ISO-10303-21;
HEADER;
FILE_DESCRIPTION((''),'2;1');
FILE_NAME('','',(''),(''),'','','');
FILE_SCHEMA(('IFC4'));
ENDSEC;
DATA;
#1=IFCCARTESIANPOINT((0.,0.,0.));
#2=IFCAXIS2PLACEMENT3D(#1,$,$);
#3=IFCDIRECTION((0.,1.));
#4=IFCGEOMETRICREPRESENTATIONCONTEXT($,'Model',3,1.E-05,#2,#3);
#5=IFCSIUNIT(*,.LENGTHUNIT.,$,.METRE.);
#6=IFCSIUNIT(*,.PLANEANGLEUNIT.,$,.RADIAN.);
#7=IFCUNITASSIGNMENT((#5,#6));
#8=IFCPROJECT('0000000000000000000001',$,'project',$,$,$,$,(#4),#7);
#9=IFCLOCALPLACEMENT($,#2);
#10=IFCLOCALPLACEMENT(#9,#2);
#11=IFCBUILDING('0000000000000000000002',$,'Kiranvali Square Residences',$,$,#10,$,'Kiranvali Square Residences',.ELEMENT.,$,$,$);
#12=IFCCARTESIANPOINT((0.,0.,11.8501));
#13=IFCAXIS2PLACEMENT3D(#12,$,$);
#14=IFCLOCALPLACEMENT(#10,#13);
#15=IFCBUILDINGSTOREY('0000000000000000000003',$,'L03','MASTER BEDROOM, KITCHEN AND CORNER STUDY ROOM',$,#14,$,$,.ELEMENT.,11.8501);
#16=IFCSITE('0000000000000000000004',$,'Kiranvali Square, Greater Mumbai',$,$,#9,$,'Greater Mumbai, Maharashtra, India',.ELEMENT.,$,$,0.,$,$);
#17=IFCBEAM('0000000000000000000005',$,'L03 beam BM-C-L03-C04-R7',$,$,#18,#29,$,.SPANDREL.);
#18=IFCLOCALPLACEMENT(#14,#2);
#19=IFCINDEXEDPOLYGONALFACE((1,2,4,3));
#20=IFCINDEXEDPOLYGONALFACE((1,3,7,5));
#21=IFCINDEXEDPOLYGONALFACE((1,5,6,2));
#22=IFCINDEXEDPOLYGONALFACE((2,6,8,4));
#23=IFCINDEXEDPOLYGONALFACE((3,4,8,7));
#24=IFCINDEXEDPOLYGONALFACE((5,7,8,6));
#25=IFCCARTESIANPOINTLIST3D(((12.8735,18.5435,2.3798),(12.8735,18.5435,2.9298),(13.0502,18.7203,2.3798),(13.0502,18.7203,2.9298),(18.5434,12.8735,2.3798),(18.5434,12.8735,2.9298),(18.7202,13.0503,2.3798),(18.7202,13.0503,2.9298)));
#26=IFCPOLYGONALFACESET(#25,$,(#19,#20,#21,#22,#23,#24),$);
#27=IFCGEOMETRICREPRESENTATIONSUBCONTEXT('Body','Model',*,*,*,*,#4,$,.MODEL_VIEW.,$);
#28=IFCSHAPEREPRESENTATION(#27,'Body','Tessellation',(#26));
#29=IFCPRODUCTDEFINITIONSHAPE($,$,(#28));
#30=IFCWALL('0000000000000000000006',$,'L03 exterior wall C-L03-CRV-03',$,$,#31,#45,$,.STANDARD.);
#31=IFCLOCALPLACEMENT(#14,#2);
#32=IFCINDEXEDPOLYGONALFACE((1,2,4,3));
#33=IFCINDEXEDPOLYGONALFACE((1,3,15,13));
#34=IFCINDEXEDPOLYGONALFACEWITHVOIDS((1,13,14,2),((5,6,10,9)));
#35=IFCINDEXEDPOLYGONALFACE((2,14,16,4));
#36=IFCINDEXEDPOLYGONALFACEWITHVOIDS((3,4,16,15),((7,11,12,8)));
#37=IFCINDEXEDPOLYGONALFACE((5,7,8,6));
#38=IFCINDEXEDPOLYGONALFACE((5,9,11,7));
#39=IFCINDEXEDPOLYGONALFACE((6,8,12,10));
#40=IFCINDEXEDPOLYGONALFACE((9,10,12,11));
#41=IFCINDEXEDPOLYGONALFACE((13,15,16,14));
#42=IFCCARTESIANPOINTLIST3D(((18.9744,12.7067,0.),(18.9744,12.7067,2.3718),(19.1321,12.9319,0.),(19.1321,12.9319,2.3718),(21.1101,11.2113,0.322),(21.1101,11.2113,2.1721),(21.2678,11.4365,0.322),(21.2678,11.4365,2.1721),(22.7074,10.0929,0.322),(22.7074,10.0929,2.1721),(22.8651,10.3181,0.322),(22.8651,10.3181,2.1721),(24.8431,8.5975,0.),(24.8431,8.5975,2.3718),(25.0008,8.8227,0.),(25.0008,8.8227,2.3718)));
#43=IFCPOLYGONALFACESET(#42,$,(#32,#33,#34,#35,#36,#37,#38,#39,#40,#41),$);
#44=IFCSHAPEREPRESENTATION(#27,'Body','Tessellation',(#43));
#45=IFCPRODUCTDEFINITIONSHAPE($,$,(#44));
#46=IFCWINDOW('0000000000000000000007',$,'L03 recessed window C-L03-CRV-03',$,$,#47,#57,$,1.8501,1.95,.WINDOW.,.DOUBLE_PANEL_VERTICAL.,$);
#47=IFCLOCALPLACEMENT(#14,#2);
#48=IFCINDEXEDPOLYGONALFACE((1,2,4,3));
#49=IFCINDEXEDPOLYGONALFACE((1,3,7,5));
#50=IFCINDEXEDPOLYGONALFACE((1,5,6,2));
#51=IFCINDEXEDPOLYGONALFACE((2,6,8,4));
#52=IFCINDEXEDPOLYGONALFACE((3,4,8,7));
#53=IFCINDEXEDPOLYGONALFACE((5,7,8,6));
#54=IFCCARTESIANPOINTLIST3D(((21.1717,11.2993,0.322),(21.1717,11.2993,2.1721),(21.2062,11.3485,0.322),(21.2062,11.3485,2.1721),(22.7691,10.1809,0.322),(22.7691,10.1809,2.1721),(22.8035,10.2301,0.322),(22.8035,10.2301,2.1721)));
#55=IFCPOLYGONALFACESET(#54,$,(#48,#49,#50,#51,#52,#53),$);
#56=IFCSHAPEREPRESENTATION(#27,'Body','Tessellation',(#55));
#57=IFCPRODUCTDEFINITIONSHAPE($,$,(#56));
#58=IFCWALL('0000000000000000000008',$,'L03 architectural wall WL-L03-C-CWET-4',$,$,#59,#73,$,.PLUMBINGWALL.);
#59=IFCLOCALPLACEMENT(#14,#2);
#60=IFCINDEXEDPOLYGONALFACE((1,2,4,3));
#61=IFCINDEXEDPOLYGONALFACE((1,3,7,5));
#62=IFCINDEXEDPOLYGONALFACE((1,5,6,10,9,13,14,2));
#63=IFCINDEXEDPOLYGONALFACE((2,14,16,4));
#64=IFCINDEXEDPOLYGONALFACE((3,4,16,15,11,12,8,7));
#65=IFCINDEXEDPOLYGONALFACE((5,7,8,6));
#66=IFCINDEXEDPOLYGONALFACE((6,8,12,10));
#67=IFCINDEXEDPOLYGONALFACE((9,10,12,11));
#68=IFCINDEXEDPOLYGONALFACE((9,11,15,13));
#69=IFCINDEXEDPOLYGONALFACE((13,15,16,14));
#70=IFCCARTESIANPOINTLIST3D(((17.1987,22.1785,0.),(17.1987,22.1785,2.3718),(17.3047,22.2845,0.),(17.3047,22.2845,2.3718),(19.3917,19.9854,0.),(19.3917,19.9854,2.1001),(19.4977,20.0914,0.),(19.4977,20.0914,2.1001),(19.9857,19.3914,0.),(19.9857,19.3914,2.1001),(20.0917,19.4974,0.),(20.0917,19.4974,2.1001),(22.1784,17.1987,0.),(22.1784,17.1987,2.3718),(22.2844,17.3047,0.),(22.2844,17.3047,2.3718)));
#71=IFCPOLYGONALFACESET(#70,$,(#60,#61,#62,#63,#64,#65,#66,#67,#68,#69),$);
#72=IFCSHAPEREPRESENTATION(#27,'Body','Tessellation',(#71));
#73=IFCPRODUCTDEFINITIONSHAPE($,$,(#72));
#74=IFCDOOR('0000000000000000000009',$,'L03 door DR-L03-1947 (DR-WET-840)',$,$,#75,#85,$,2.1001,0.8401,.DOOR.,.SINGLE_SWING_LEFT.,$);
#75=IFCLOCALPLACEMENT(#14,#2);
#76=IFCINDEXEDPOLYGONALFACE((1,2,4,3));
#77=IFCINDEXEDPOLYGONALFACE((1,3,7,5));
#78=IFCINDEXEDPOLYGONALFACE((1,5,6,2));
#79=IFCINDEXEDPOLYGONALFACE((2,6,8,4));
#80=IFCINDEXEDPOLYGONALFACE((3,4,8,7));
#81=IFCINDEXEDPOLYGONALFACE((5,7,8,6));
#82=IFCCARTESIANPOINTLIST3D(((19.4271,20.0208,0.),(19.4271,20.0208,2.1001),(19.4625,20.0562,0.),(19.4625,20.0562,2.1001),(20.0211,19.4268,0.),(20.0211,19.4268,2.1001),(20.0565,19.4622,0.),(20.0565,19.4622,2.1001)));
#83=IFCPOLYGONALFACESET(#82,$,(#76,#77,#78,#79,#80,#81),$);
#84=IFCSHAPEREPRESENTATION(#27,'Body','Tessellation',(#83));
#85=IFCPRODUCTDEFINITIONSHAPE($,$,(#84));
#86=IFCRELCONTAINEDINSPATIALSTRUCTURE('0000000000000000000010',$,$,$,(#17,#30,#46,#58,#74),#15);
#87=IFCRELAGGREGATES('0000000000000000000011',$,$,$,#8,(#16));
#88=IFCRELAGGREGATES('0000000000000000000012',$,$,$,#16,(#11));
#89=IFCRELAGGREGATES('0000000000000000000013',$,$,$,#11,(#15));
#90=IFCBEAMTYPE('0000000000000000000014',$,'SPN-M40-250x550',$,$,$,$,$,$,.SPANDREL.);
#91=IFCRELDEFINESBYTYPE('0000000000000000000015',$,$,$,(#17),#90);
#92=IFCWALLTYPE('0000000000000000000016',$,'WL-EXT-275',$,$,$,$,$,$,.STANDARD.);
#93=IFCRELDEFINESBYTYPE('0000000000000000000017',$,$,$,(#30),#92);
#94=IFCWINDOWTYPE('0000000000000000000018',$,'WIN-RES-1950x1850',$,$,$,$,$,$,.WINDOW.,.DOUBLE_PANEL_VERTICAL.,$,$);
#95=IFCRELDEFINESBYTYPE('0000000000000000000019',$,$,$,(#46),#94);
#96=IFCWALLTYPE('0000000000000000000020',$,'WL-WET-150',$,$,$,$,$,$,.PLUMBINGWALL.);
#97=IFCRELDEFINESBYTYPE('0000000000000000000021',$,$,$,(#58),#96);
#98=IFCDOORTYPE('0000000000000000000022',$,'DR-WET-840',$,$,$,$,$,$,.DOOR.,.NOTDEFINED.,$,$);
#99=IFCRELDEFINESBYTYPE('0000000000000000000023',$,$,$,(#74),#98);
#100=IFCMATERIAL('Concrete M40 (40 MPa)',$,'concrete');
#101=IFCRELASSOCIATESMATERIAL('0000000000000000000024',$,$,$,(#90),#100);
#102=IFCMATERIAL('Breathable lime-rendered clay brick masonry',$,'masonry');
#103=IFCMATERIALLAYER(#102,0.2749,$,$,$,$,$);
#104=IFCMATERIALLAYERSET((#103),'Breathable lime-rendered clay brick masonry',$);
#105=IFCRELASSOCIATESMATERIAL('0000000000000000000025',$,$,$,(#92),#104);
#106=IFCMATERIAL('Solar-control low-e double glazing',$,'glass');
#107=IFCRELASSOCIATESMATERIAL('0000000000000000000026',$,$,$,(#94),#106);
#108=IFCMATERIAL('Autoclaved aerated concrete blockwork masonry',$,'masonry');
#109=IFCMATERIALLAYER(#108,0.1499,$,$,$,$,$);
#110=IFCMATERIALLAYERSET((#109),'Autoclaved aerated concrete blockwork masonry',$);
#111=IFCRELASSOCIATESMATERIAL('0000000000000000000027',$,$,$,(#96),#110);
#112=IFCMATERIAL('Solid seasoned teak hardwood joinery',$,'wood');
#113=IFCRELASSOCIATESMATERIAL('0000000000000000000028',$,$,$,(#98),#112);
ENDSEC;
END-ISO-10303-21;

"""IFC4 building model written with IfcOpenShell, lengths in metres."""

from ifc_helpers import new_model, si_unit, direction, frame, frame_2d, origin, origin_2d, place, context, subcontext, project, spatial, rectangle, extrude, material, layer, layer_set, material_profile, profile_set, type_object, element, fill, save


model = new_model("IFC4")

# Units and contexts
model_context = context("Model", 3, precision=1e-05, world=origin(), true_north=direction((0.0, 1.0)))
body_context = subcontext(model_context, "Body", "Model", "MODEL_VIEW")
ifc_project = project(units=[si_unit("LENGTHUNIT", "METRE"), si_unit("PLANEANGLEUNIT", "RADIAN")], contexts=[model_context])

# Site, building, storey
site_placement = place(None, origin())
site = spatial("IfcSite", under=ifc_project, at=site_placement, Name="Kiranvali Square, Greater Mumbai", LongName="Greater Mumbai, Maharashtra, India", CompositionType="ELEMENT", RefElevation=0.0)
building_placement = place(site_placement, origin())
building = spatial("IfcBuilding", under=site, at=building_placement, Name="Kiranvali Square Residences", LongName="Kiranvali Square Residences", CompositionType="ELEMENT")
storey_placement = place(building_placement, frame((0.0, 0.0, 11.8501)))
storey = spatial("IfcBuildingStorey", under=building, at=storey_placement, Name="L03", Description="MASTER BEDROOM, KITCHEN AND CORNER STUDY ROOM", CompositionType="ELEMENT", Elevation=11.8501)

# Beam
ifc_material_1 = material(Name="Concrete M40 (40 MPa)", Category="concrete")
ifc_material_profile_1 = material_profile(ifc_material_1, rectangle(XDim=0.25, YDim=0.55, at=origin_2d()), Name="RC 250x550")
ifc_profile_set_1 = profile_set([ifc_material_profile_1], Name="Concrete M40 (40 MPa)")
beam_type_1 = type_object("IfcBeamType", Name="SPN-M40-250x550", PredefinedType="SPANDREL", material=ifc_profile_set_1)
beam_1_placement = place(storey_placement, frame((18.6318, 12.9619, 2.6548), z_axis=(-0.707107, 0.707107, 0.0), x_axis=(-0.707107, -0.707107, 0.0)))
element("IfcBeam", 1, at=beam_1_placement, inside=storey, type_object=beam_type_1, Name="L03 beam BM-C-L03-C04-R7", PredefinedType="SPANDREL", context=body_context, shape_type="SweptSolid", body=[
    extrude(rectangle(XDim=0.25, YDim=0.55, at=origin_2d()), origin(), (0.0, 0.0, 1.0), 8.0186),
])

# Wall, opening, window
ifc_material_2 = material(Name="Breathable lime-rendered clay brick masonry", Category="masonry")
ifc_layer_1 = layer(ifc_material_2, 0.2749)
ifc_layer_set_1 = layer_set([ifc_layer_1], Name="Breathable lime-rendered clay brick masonry")
wall_type_1 = type_object("IfcWallType", Name="WL-EXT-275", PredefinedType="STANDARD", material=ifc_layer_set_1)
wall_1_placement = place(storey_placement, frame((24.9219, 8.7102, 0.0), z_axis=(0.0, 0.0, 1.0), x_axis=(-0.819161, 0.573563, 0.0)))
wall_1 = element("IfcWall", 2, at=wall_1_placement, inside=storey, type_object=wall_type_1, Name="L03 exterior wall C-L03-CRV-03", PredefinedType="STANDARD", context=body_context, shape_type="SweptSolid", body=[
    extrude(rectangle(XDim=7.1643, YDim=0.2749, at=frame_2d((3.582, 0.0))), origin(), (0.0, 0.0, 1.0), 2.3718),
])
opening_1_placement = place(wall_1_placement, frame((2.6069, 0.0, 0.322)))
opening_1 = element("IfcOpeningElement", 3, at=opening_1_placement, cuts=wall_1, PredefinedType="OPENING", context=body_context, shape_type="SweptSolid", body=[
    extrude(rectangle(XDim=1.95, YDim=1.8501, at=frame_2d((0.9751, 0.925))), frame((0.0, 0.1475, 0.0), z_axis=(0.0, -1.0, 0.0), x_axis=(1.0, 0.0, 0.0)), (0.0, 0.0, 1.0), 0.2949),
])
ifc_material_3 = material(Name="Solar-control low-e double glazing", Category="glass")
window_type = type_object("IfcWindowType", Name="WIN-RES-1950x1850", PartitioningType="DOUBLE_PANEL_VERTICAL", PredefinedType="WINDOW", material=ifc_material_3)
window_placement = place(opening_1_placement, origin())
window = element("IfcWindow", 4, at=window_placement, inside=storey, type_object=window_type, Name="L03 recessed window C-L03-CRV-03", OverallHeight=1.8501, OverallWidth=1.95, PartitioningType="DOUBLE_PANEL_VERTICAL", PredefinedType="WINDOW", context=body_context, shape_type="SweptSolid", body=[
    extrude(rectangle(XDim=1.95, YDim=1.8501, at=frame_2d((0.9751, 0.925))), frame((0.0, 0.03, 0.0), z_axis=(0.0, -1.0, 0.0), x_axis=(1.0, 0.0, 0.0)), (0.0, 0.0, 1.0), 0.0601),
])
fill(opening_1, window)

# Wall, opening, door
ifc_material_4 = material(Name="Autoclaved aerated concrete blockwork masonry", Category="masonry")
ifc_layer_2 = layer(ifc_material_4, 0.1499)
ifc_layer_set_2 = layer_set([ifc_layer_2], Name="Autoclaved aerated concrete blockwork masonry")
wall_type_2 = type_object("IfcWallType", Name="WL-WET-150", PredefinedType="PLUMBINGWALL", material=ifc_layer_set_2)
wall_2_placement = place(storey_placement, frame((22.2314, 17.2517, 0.0), z_axis=(0.0, 0.0, 1.0), x_axis=(-0.707107, 0.707107, 0.0)))
wall_2 = element("IfcWall", 5, at=wall_2_placement, inside=storey, type_object=wall_type_2, Name="L03 architectural wall WL-L03-C-CWET-4", PredefinedType="PLUMBINGWALL", context=body_context, shape_type="SweptSolid", body=[
    extrude(rectangle(XDim=7.0425, YDim=0.1499, at=frame_2d((3.5212, 0.0))), origin(), (0.0, 0.0, 1.0), 2.3718),
])
opening_2_placement = place(wall_2_placement, frame((3.1011, 0.0, 0.0)))
opening_2 = element("IfcOpeningElement", 6, at=opening_2_placement, cuts=wall_2, PredefinedType="OPENING", context=body_context, shape_type="SweptSolid", body=[
    extrude(rectangle(XDim=0.8401, YDim=2.1001, at=frame_2d((0.4199, 1.05))), frame((0.0, 0.085, 0.0), z_axis=(0.0, -1.0, 0.0), x_axis=(1.0, 0.0, 0.0)), (0.0, 0.0, 1.0), 0.1699),
])
ifc_material_5 = material(Name="Solid seasoned teak hardwood joinery", Category="wood")
door_type = type_object("IfcDoorType", Name="DR-WET-840", OperationType="NOTDEFINED", PredefinedType="DOOR", material=ifc_material_5)
door_placement = place(opening_2_placement, origin())
door = element("IfcDoor", 7, at=door_placement, inside=storey, type_object=door_type, Name="L03 door DR-L03-1947 (DR-WET-840)", OperationType="SINGLE_SWING_LEFT", OverallHeight=2.1001, OverallWidth=0.8401, PredefinedType="DOOR", context=body_context, shape_type="SweptSolid", body=[
    extrude(rectangle(XDim=0.8401, YDim=2.1001, at=frame_2d((0.4199, 1.05))), frame((0.0, 0.0249, 0.0), z_axis=(0.0, -1.0, 0.0), x_axis=(1.0, 0.0, 0.0)), (0.0, 0.0, 1.0), 0.05),
])
fill(opening_2, door)

save(model, "model.ifc")
